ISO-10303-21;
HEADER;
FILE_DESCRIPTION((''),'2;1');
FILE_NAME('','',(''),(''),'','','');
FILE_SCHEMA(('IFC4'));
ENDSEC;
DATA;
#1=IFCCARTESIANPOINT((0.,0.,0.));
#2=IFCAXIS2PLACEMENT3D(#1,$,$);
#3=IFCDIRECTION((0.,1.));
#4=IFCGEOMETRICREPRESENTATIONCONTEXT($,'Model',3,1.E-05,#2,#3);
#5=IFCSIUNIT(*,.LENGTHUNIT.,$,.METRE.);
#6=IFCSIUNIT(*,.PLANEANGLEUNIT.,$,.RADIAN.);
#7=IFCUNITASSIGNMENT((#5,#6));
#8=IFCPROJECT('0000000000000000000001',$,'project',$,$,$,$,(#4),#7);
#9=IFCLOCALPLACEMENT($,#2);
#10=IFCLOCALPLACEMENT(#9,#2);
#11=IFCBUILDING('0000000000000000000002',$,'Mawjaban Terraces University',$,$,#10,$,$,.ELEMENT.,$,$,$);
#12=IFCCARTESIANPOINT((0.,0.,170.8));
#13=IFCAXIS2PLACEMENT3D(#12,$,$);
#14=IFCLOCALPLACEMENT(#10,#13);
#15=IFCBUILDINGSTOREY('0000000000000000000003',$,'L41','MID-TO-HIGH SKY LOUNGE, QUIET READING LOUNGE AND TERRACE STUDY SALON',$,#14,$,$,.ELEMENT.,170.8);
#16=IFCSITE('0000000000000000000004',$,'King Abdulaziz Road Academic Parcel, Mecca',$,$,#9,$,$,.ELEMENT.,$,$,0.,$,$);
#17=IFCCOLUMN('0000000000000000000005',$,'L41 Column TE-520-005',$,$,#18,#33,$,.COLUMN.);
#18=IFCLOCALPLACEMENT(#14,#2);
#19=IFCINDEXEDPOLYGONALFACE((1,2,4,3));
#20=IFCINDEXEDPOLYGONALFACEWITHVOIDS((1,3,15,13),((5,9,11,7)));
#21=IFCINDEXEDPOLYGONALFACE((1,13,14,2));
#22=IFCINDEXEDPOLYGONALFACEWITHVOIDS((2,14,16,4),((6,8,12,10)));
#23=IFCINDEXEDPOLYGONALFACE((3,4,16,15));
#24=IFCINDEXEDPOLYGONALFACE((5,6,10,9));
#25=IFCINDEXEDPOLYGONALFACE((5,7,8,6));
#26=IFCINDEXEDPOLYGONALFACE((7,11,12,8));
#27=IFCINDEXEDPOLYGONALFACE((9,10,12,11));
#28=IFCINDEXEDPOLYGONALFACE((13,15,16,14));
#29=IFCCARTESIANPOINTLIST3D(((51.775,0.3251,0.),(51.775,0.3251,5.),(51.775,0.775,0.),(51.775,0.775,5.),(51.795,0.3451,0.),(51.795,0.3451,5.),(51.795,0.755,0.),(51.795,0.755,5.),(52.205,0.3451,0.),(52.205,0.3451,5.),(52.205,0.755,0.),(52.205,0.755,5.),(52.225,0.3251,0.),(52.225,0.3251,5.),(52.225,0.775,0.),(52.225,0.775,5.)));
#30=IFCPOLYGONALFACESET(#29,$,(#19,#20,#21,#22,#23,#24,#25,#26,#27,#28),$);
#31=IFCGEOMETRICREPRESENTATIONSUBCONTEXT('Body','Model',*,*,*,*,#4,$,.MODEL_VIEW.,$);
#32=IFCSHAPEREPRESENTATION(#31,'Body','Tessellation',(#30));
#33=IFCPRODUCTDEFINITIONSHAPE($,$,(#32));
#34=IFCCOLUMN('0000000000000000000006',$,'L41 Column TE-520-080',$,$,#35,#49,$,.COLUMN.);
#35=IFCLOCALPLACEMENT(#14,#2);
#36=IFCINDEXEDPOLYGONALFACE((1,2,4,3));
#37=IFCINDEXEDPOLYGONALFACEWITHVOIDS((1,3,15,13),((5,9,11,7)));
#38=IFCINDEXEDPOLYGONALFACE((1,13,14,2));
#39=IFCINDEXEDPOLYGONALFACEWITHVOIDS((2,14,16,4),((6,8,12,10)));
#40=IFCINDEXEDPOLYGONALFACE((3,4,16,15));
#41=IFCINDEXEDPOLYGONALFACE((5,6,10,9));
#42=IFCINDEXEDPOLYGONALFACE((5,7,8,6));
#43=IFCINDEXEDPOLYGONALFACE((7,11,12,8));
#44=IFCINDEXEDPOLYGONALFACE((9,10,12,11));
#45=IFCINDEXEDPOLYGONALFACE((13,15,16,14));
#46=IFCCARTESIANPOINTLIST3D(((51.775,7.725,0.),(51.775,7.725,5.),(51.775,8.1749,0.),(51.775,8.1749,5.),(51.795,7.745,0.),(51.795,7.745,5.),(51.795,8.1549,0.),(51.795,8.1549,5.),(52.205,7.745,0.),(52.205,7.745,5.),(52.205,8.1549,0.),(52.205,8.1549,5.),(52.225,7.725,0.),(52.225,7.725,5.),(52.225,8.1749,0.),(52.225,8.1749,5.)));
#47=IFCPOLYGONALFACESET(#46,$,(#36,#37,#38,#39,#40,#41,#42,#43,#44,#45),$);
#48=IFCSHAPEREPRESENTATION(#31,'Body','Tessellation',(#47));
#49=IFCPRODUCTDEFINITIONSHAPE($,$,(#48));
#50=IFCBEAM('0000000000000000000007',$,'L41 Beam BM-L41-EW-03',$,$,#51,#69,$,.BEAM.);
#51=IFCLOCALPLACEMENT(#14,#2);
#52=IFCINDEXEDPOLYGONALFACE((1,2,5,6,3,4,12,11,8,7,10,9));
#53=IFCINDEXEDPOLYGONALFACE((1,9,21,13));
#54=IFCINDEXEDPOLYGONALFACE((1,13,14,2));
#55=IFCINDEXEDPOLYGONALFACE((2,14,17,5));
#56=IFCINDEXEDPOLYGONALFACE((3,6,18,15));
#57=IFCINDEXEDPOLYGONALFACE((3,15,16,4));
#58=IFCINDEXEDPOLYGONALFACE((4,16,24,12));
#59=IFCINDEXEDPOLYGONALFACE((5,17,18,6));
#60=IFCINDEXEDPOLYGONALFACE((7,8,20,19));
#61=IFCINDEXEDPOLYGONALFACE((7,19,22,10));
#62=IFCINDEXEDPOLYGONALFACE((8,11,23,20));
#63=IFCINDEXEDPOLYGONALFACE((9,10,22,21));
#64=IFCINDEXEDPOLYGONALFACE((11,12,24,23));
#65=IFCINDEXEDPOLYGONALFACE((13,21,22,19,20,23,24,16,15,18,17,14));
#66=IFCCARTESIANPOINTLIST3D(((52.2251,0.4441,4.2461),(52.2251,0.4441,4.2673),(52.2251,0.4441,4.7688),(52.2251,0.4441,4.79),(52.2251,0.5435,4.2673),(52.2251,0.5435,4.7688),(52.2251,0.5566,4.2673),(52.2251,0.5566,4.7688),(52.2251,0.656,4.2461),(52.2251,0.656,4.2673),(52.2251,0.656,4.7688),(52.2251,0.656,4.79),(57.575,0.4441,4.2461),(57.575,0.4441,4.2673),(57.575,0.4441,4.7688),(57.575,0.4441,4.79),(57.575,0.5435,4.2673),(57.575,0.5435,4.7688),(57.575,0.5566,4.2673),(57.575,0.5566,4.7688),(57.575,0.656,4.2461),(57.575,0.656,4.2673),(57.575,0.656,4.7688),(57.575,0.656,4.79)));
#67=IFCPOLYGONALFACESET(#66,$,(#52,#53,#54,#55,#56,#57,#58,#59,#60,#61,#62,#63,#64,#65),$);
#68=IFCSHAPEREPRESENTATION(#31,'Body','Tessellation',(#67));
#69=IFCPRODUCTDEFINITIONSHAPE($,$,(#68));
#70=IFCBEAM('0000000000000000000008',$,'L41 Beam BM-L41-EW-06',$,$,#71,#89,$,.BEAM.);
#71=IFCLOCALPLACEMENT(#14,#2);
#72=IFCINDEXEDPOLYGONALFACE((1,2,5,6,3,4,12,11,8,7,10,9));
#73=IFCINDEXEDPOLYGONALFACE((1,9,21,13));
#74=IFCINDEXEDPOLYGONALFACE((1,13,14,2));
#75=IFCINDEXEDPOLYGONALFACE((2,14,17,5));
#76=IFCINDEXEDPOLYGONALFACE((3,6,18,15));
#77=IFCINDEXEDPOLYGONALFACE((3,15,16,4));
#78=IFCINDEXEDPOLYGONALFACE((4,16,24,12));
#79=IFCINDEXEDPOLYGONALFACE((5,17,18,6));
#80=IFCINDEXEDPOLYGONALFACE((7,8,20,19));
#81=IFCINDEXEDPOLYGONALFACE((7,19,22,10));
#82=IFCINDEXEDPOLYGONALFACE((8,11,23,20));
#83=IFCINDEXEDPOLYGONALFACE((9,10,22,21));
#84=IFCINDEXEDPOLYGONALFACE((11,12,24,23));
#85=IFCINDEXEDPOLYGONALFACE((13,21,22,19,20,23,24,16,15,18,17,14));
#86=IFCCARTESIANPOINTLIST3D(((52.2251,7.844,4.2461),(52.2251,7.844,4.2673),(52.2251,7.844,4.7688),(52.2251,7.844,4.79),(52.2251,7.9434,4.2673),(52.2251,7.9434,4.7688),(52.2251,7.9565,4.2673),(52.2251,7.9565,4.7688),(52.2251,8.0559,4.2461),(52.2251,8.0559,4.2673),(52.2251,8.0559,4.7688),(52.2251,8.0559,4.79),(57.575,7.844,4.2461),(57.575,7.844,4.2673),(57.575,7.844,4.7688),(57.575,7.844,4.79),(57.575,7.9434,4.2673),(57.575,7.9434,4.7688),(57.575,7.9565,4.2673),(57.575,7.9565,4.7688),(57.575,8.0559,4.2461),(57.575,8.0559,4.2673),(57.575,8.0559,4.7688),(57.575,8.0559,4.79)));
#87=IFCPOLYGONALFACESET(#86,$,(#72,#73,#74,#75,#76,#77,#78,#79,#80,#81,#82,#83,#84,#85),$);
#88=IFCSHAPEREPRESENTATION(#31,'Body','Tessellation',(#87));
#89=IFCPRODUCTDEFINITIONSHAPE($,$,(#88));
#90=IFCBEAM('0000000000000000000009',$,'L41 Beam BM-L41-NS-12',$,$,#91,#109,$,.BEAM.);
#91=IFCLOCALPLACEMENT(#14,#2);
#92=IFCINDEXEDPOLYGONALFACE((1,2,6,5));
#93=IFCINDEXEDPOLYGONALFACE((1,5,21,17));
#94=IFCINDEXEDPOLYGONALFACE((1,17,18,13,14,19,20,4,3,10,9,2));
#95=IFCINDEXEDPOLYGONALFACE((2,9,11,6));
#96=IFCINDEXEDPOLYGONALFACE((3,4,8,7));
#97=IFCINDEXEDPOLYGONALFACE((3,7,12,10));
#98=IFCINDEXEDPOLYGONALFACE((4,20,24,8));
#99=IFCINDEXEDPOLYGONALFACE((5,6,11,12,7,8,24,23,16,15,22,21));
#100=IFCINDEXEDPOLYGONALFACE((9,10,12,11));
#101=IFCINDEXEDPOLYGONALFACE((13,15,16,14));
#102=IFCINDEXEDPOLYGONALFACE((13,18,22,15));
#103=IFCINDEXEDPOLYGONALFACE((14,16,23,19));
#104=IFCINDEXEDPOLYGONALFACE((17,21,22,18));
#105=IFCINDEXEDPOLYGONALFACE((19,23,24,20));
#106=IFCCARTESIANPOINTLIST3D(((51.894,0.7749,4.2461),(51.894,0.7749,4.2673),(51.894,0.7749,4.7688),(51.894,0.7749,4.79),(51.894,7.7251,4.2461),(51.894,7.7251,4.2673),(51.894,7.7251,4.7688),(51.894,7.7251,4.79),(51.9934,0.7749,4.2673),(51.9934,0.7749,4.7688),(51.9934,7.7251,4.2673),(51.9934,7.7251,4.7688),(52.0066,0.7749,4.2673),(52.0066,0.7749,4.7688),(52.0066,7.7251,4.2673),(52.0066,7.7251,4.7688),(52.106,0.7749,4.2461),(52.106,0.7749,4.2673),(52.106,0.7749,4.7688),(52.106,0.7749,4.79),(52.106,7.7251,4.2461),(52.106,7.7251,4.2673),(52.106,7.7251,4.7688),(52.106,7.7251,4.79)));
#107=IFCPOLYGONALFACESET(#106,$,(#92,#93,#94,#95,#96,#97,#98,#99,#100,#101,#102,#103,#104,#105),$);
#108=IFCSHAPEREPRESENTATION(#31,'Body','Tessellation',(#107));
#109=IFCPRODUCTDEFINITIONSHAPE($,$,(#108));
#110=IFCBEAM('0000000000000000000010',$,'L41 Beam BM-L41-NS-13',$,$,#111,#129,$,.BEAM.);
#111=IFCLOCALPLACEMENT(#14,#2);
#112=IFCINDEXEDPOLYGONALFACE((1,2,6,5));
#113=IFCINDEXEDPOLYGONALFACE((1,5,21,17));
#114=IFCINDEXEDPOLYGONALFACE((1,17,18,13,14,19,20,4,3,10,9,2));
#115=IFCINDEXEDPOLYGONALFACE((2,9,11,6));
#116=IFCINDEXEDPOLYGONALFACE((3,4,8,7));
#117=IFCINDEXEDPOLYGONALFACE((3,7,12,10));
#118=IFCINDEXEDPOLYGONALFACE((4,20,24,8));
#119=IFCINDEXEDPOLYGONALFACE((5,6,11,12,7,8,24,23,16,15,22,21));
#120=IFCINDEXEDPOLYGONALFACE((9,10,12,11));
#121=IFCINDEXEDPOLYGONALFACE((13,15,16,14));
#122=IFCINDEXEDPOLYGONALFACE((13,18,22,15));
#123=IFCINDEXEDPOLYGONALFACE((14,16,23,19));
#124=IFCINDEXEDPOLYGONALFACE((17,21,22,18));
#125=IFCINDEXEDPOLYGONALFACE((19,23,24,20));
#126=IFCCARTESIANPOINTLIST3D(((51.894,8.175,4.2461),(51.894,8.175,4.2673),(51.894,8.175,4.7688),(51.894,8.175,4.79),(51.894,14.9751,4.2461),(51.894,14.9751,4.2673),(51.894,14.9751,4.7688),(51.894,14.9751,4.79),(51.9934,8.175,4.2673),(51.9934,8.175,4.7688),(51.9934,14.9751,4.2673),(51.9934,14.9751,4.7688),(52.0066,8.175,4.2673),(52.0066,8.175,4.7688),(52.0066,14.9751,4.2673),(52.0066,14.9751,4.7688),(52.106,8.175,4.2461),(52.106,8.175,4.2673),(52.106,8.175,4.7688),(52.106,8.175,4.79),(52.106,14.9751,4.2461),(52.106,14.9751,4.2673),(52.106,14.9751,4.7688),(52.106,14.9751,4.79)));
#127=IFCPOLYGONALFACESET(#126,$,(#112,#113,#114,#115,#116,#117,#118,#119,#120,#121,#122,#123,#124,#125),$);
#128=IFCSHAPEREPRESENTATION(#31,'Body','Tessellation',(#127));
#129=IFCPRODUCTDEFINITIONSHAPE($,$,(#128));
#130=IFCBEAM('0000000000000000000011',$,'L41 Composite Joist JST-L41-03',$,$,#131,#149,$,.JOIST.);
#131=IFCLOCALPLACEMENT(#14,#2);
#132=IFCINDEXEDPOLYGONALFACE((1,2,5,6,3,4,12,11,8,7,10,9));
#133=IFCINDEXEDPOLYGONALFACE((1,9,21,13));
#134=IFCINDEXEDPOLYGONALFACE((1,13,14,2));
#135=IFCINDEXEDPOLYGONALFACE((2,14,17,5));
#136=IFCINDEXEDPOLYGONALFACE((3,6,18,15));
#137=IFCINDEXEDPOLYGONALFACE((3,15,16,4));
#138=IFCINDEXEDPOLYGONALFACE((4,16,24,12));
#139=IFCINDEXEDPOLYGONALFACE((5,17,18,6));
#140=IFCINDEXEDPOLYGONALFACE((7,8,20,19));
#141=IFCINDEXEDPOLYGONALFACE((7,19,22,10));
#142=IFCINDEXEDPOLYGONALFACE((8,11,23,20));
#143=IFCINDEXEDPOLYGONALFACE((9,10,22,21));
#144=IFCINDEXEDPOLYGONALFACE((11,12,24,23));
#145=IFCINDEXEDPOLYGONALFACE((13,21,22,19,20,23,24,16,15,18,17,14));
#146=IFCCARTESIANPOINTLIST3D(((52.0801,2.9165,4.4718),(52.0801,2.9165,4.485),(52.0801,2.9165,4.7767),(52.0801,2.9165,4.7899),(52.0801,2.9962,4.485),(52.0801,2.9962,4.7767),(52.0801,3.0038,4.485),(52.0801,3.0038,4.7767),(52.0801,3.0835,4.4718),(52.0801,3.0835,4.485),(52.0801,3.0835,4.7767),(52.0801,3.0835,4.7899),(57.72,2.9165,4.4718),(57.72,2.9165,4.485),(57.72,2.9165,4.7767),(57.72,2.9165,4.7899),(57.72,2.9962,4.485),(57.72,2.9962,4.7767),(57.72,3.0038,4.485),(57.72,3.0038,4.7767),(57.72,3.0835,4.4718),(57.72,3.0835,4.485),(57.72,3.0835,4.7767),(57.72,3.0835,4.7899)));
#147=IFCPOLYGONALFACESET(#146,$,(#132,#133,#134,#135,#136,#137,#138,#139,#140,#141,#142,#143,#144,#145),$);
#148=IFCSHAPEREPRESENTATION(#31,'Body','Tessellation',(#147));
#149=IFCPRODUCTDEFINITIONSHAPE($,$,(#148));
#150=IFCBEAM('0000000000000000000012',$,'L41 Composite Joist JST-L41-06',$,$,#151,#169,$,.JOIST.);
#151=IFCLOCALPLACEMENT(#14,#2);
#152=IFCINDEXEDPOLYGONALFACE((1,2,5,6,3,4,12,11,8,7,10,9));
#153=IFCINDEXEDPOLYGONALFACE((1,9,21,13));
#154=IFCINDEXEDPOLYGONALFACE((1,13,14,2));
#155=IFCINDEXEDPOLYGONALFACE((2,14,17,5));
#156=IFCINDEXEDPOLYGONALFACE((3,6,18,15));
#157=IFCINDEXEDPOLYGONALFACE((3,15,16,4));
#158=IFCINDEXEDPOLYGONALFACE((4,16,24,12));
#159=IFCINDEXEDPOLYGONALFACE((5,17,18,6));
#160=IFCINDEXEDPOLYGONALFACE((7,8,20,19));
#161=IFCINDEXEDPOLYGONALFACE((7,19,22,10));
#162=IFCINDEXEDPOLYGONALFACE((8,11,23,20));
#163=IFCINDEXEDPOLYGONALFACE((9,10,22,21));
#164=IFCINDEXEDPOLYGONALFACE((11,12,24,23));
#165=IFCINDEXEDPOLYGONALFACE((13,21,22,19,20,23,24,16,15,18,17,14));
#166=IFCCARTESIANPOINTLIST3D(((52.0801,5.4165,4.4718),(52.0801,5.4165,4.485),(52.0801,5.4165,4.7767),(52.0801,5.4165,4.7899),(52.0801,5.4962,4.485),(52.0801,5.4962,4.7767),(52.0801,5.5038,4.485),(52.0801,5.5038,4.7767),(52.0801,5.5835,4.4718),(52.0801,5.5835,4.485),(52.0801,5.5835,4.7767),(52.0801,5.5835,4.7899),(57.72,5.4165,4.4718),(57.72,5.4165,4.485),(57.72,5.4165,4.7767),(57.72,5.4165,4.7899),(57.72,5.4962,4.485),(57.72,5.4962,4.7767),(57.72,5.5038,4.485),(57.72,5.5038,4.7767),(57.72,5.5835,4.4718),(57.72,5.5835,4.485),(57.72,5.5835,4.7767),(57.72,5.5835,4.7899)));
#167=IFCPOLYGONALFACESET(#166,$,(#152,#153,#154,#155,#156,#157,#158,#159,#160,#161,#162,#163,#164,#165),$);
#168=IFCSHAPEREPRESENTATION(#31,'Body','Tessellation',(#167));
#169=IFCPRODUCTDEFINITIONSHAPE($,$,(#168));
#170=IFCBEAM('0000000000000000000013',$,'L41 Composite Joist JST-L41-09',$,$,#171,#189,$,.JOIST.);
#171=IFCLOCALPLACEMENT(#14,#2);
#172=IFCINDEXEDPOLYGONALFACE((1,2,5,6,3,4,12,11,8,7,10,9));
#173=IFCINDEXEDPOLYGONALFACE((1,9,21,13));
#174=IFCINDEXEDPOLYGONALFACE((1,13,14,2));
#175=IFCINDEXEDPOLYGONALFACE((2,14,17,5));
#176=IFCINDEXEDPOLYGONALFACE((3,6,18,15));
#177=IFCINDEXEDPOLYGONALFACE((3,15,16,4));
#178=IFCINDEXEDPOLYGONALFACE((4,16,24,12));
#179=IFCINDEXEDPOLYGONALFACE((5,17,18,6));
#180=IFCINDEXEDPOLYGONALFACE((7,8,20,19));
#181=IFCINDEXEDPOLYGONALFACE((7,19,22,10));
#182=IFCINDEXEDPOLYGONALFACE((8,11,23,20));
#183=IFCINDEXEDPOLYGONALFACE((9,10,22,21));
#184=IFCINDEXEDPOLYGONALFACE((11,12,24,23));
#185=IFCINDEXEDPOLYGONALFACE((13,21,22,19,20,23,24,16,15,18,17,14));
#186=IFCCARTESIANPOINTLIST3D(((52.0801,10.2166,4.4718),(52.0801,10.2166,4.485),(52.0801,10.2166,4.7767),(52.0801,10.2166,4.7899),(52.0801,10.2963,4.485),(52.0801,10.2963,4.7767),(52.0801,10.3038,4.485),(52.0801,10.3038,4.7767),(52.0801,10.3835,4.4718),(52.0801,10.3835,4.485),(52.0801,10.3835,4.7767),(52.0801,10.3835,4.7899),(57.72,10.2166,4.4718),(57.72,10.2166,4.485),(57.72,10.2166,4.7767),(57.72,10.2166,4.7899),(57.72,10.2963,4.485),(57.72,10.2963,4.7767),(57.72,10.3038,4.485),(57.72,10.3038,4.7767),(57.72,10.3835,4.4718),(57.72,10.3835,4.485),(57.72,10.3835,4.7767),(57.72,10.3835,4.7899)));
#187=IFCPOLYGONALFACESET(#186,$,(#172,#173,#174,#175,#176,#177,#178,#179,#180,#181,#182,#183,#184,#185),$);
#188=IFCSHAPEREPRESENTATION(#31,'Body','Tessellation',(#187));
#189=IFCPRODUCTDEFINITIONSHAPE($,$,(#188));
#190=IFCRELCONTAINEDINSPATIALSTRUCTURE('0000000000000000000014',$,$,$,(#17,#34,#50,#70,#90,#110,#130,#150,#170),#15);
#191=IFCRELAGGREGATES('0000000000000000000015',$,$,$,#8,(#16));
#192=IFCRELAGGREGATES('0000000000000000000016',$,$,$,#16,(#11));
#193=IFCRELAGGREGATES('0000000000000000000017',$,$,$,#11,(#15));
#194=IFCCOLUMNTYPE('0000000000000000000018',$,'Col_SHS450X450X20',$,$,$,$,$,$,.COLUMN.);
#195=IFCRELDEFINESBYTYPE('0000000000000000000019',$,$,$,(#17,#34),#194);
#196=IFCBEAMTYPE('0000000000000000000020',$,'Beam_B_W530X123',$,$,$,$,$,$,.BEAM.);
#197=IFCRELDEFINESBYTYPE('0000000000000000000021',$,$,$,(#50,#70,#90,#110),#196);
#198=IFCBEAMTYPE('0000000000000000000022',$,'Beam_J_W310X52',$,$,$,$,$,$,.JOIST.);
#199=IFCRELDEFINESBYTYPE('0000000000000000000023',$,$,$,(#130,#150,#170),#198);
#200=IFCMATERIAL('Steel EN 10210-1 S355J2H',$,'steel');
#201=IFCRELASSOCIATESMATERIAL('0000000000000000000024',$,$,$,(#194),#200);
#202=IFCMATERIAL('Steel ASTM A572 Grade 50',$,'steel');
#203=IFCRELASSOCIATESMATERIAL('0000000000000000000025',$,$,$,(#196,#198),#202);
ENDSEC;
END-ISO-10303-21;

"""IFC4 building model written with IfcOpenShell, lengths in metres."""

from ifc_helpers import new_model, si_unit, direction, frame, origin, origin_2d, place, context, subcontext, project, spatial, hollow_rectangle, i_section, extrude, material, material_profile, profile_set, type_object, element, save


model = new_model("IFC4")

# Units and contexts
model_context = context("Model", 3, precision=1e-05, world=origin(), true_north=direction((0.0, 1.0)))
body_context = subcontext(model_context, "Body", "Model", "MODEL_VIEW")
ifc_project = project(units=[si_unit("LENGTHUNIT", "METRE"), si_unit("PLANEANGLEUNIT", "RADIAN")], contexts=[model_context])

# Site, building, storey
site_placement = place(None, origin())
site = spatial("IfcSite", under=ifc_project, at=site_placement, Name="King Abdulaziz Road Academic Parcel, Mecca", CompositionType="ELEMENT", RefElevation=0.0)
building_placement = place(site_placement, origin())
building = spatial("IfcBuilding", under=site, at=building_placement, Name="Mawjaban Terraces University", CompositionType="ELEMENT")
storey_placement = place(building_placement, frame((0.0, 0.0, 170.8)))
storey = spatial("IfcBuildingStorey", under=building, at=storey_placement, Name="L41", Description="MID-TO-HIGH SKY LOUNGE, QUIET READING LOUNGE AND TERRACE STUDY SALON", CompositionType="ELEMENT", Elevation=170.8)

# Columns
ifc_material_1 = material(Name="Steel EN 10210-1 S355J2H", Category="steel")
ifc_material_profile_1 = material_profile(ifc_material_1, hollow_rectangle(XDim=0.45, YDim=0.45, WallThickness=0.02, at=origin_2d()), Name="SHS450X450X20")
ifc_profile_set_1 = profile_set([ifc_material_profile_1], Name="Steel EN 10210-1 S355J2H")
column_type = type_object("IfcColumnType", Name="Col_SHS450X450X20", PredefinedType="COLUMN", material=ifc_profile_set_1)
for number, where, z_axis, x_axis, name in (
    (1, (52.0, 0.55, 0.0), (0.0, 0.0, 1.0), (1.0, 0.0, 0.0), "L41 Column TE-520-005"),
    (2, (52.0, 7.95, 0.0), (0.0, 0.0, 1.0), (1.0, 0.0, 0.0), "L41 Column TE-520-080"),
):
    element("IfcColumn", number, at=place(storey_placement, frame(where, z_axis=z_axis, x_axis=x_axis)), inside=storey, type_object=column_type, Name=name, PredefinedType="COLUMN", context=body_context, shape_type="SweptSolid", body=[
        extrude(hollow_rectangle(XDim=0.45, YDim=0.45, WallThickness=0.02, at=origin_2d()), origin(), (0.0, 0.0, 1.0), 5.0),
    ])

# Beams
ifc_material_2 = material(Name="Steel ASTM A572 Grade 50", Category="steel")
ifc_material_profile_2 = material_profile(ifc_material_2, i_section(OverallWidth=0.2119, OverallDepth=0.5439, WebThickness=0.0132, FlangeThickness=0.0212, at=origin_2d()), Name="W530X123")
ifc_profile_set_2 = profile_set([ifc_material_profile_2], Name="Steel ASTM A572 Grade 50")
beam_type_1 = type_object("IfcBeamType", Name="Beam_B_W530X123", PredefinedType="BEAM", material=ifc_profile_set_2)
for number, where, z_axis, x_axis, name in (
    (3, (52.2251, 0.55, 4.5181), (1.0, 0.0, 0.0), (0.0, 1.0, 0.0), "L41 Beam BM-L41-EW-03"),
    (4, (52.2251, 7.95, 4.5181), (1.0, 0.0, 0.0), (0.0, 1.0, 0.0), "L41 Beam BM-L41-EW-06"),
):
    element("IfcBeam", number, at=place(storey_placement, frame(where, z_axis=z_axis, x_axis=x_axis)), inside=storey, type_object=beam_type_1, Name=name, PredefinedType="BEAM", context=body_context, shape_type="SweptSolid", body=[
        extrude(i_section(OverallWidth=0.2119, OverallDepth=0.5439, WebThickness=0.0132, FlangeThickness=0.0212, at=origin_2d()), origin(), (0.0, 0.0, 1.0), 5.3499),
    ])
beam_1_placement = place(storey_placement, frame((52.0, 0.7749, 4.5181), z_axis=(0.0, 1.0, 0.0), x_axis=(-1.0, 0.0, 0.0)))
element("IfcBeam", 5, at=beam_1_placement, inside=storey, type_object=beam_type_1, Name="L41 Beam BM-L41-NS-12", PredefinedType="BEAM", context=body_context, shape_type="SweptSolid", body=[
    extrude(i_section(OverallWidth=0.2119, OverallDepth=0.5439, WebThickness=0.0132, FlangeThickness=0.0212, at=origin_2d()), origin(), (0.0, 0.0, 1.0), 6.9502),
])
beam_2_placement = place(storey_placement, frame((52.0, 8.175, 4.5181), z_axis=(0.0, 1.0, 0.0), x_axis=(-1.0, 0.0, 0.0)))
element("IfcBeam", 6, at=beam_2_placement, inside=storey, type_object=beam_type_1, Name="L41 Beam BM-L41-NS-13", PredefinedType="BEAM", context=body_context, shape_type="SweptSolid", body=[
    extrude(i_section(OverallWidth=0.2119, OverallDepth=0.5439, WebThickness=0.0132, FlangeThickness=0.0212, at=origin_2d()), origin(), (0.0, 0.0, 1.0), 6.8),
])
ifc_material_profile_3 = material_profile(ifc_material_2, i_section(OverallWidth=0.167, OverallDepth=0.3181, WebThickness=0.0076, FlangeThickness=0.0132, at=origin_2d()), Name="W310X52")
ifc_profile_set_3 = profile_set([ifc_material_profile_3], Name="Steel ASTM A572 Grade 50")
beam_type_2 = type_object("IfcBeamType", Name="Beam_J_W310X52", PredefinedType="JOIST", material=ifc_profile_set_3)
for number, where, z_axis, x_axis, name in (
    (7, (52.0801, 3.0, 4.6309), (1.0, 0.0, 0.0), (0.0, 1.0, 0.0), "L41 Composite Joist JST-L41-03"),
    (8, (52.0801, 5.5, 4.6309), (1.0, 0.0, 0.0), (0.0, 1.0, 0.0), "L41 Composite Joist JST-L41-06"),
    (9, (52.0801, 10.3, 4.6309), (1.0, 0.0, 0.0), (0.0, 1.0, 0.0), "L41 Composite Joist JST-L41-09"),
):
    element("IfcBeam", number, at=place(storey_placement, frame(where, z_axis=z_axis, x_axis=x_axis)), inside=storey, type_object=beam_type_2, Name=name, PredefinedType="JOIST", context=body_context, shape_type="SweptSolid", body=[
        extrude(i_section(OverallWidth=0.167, OverallDepth=0.3181, WebThickness=0.0076, FlangeThickness=0.0132, at=origin_2d()), origin(), (0.0, 0.0, 1.0), 5.6399),
    ])

save(model, "model.ifc")
